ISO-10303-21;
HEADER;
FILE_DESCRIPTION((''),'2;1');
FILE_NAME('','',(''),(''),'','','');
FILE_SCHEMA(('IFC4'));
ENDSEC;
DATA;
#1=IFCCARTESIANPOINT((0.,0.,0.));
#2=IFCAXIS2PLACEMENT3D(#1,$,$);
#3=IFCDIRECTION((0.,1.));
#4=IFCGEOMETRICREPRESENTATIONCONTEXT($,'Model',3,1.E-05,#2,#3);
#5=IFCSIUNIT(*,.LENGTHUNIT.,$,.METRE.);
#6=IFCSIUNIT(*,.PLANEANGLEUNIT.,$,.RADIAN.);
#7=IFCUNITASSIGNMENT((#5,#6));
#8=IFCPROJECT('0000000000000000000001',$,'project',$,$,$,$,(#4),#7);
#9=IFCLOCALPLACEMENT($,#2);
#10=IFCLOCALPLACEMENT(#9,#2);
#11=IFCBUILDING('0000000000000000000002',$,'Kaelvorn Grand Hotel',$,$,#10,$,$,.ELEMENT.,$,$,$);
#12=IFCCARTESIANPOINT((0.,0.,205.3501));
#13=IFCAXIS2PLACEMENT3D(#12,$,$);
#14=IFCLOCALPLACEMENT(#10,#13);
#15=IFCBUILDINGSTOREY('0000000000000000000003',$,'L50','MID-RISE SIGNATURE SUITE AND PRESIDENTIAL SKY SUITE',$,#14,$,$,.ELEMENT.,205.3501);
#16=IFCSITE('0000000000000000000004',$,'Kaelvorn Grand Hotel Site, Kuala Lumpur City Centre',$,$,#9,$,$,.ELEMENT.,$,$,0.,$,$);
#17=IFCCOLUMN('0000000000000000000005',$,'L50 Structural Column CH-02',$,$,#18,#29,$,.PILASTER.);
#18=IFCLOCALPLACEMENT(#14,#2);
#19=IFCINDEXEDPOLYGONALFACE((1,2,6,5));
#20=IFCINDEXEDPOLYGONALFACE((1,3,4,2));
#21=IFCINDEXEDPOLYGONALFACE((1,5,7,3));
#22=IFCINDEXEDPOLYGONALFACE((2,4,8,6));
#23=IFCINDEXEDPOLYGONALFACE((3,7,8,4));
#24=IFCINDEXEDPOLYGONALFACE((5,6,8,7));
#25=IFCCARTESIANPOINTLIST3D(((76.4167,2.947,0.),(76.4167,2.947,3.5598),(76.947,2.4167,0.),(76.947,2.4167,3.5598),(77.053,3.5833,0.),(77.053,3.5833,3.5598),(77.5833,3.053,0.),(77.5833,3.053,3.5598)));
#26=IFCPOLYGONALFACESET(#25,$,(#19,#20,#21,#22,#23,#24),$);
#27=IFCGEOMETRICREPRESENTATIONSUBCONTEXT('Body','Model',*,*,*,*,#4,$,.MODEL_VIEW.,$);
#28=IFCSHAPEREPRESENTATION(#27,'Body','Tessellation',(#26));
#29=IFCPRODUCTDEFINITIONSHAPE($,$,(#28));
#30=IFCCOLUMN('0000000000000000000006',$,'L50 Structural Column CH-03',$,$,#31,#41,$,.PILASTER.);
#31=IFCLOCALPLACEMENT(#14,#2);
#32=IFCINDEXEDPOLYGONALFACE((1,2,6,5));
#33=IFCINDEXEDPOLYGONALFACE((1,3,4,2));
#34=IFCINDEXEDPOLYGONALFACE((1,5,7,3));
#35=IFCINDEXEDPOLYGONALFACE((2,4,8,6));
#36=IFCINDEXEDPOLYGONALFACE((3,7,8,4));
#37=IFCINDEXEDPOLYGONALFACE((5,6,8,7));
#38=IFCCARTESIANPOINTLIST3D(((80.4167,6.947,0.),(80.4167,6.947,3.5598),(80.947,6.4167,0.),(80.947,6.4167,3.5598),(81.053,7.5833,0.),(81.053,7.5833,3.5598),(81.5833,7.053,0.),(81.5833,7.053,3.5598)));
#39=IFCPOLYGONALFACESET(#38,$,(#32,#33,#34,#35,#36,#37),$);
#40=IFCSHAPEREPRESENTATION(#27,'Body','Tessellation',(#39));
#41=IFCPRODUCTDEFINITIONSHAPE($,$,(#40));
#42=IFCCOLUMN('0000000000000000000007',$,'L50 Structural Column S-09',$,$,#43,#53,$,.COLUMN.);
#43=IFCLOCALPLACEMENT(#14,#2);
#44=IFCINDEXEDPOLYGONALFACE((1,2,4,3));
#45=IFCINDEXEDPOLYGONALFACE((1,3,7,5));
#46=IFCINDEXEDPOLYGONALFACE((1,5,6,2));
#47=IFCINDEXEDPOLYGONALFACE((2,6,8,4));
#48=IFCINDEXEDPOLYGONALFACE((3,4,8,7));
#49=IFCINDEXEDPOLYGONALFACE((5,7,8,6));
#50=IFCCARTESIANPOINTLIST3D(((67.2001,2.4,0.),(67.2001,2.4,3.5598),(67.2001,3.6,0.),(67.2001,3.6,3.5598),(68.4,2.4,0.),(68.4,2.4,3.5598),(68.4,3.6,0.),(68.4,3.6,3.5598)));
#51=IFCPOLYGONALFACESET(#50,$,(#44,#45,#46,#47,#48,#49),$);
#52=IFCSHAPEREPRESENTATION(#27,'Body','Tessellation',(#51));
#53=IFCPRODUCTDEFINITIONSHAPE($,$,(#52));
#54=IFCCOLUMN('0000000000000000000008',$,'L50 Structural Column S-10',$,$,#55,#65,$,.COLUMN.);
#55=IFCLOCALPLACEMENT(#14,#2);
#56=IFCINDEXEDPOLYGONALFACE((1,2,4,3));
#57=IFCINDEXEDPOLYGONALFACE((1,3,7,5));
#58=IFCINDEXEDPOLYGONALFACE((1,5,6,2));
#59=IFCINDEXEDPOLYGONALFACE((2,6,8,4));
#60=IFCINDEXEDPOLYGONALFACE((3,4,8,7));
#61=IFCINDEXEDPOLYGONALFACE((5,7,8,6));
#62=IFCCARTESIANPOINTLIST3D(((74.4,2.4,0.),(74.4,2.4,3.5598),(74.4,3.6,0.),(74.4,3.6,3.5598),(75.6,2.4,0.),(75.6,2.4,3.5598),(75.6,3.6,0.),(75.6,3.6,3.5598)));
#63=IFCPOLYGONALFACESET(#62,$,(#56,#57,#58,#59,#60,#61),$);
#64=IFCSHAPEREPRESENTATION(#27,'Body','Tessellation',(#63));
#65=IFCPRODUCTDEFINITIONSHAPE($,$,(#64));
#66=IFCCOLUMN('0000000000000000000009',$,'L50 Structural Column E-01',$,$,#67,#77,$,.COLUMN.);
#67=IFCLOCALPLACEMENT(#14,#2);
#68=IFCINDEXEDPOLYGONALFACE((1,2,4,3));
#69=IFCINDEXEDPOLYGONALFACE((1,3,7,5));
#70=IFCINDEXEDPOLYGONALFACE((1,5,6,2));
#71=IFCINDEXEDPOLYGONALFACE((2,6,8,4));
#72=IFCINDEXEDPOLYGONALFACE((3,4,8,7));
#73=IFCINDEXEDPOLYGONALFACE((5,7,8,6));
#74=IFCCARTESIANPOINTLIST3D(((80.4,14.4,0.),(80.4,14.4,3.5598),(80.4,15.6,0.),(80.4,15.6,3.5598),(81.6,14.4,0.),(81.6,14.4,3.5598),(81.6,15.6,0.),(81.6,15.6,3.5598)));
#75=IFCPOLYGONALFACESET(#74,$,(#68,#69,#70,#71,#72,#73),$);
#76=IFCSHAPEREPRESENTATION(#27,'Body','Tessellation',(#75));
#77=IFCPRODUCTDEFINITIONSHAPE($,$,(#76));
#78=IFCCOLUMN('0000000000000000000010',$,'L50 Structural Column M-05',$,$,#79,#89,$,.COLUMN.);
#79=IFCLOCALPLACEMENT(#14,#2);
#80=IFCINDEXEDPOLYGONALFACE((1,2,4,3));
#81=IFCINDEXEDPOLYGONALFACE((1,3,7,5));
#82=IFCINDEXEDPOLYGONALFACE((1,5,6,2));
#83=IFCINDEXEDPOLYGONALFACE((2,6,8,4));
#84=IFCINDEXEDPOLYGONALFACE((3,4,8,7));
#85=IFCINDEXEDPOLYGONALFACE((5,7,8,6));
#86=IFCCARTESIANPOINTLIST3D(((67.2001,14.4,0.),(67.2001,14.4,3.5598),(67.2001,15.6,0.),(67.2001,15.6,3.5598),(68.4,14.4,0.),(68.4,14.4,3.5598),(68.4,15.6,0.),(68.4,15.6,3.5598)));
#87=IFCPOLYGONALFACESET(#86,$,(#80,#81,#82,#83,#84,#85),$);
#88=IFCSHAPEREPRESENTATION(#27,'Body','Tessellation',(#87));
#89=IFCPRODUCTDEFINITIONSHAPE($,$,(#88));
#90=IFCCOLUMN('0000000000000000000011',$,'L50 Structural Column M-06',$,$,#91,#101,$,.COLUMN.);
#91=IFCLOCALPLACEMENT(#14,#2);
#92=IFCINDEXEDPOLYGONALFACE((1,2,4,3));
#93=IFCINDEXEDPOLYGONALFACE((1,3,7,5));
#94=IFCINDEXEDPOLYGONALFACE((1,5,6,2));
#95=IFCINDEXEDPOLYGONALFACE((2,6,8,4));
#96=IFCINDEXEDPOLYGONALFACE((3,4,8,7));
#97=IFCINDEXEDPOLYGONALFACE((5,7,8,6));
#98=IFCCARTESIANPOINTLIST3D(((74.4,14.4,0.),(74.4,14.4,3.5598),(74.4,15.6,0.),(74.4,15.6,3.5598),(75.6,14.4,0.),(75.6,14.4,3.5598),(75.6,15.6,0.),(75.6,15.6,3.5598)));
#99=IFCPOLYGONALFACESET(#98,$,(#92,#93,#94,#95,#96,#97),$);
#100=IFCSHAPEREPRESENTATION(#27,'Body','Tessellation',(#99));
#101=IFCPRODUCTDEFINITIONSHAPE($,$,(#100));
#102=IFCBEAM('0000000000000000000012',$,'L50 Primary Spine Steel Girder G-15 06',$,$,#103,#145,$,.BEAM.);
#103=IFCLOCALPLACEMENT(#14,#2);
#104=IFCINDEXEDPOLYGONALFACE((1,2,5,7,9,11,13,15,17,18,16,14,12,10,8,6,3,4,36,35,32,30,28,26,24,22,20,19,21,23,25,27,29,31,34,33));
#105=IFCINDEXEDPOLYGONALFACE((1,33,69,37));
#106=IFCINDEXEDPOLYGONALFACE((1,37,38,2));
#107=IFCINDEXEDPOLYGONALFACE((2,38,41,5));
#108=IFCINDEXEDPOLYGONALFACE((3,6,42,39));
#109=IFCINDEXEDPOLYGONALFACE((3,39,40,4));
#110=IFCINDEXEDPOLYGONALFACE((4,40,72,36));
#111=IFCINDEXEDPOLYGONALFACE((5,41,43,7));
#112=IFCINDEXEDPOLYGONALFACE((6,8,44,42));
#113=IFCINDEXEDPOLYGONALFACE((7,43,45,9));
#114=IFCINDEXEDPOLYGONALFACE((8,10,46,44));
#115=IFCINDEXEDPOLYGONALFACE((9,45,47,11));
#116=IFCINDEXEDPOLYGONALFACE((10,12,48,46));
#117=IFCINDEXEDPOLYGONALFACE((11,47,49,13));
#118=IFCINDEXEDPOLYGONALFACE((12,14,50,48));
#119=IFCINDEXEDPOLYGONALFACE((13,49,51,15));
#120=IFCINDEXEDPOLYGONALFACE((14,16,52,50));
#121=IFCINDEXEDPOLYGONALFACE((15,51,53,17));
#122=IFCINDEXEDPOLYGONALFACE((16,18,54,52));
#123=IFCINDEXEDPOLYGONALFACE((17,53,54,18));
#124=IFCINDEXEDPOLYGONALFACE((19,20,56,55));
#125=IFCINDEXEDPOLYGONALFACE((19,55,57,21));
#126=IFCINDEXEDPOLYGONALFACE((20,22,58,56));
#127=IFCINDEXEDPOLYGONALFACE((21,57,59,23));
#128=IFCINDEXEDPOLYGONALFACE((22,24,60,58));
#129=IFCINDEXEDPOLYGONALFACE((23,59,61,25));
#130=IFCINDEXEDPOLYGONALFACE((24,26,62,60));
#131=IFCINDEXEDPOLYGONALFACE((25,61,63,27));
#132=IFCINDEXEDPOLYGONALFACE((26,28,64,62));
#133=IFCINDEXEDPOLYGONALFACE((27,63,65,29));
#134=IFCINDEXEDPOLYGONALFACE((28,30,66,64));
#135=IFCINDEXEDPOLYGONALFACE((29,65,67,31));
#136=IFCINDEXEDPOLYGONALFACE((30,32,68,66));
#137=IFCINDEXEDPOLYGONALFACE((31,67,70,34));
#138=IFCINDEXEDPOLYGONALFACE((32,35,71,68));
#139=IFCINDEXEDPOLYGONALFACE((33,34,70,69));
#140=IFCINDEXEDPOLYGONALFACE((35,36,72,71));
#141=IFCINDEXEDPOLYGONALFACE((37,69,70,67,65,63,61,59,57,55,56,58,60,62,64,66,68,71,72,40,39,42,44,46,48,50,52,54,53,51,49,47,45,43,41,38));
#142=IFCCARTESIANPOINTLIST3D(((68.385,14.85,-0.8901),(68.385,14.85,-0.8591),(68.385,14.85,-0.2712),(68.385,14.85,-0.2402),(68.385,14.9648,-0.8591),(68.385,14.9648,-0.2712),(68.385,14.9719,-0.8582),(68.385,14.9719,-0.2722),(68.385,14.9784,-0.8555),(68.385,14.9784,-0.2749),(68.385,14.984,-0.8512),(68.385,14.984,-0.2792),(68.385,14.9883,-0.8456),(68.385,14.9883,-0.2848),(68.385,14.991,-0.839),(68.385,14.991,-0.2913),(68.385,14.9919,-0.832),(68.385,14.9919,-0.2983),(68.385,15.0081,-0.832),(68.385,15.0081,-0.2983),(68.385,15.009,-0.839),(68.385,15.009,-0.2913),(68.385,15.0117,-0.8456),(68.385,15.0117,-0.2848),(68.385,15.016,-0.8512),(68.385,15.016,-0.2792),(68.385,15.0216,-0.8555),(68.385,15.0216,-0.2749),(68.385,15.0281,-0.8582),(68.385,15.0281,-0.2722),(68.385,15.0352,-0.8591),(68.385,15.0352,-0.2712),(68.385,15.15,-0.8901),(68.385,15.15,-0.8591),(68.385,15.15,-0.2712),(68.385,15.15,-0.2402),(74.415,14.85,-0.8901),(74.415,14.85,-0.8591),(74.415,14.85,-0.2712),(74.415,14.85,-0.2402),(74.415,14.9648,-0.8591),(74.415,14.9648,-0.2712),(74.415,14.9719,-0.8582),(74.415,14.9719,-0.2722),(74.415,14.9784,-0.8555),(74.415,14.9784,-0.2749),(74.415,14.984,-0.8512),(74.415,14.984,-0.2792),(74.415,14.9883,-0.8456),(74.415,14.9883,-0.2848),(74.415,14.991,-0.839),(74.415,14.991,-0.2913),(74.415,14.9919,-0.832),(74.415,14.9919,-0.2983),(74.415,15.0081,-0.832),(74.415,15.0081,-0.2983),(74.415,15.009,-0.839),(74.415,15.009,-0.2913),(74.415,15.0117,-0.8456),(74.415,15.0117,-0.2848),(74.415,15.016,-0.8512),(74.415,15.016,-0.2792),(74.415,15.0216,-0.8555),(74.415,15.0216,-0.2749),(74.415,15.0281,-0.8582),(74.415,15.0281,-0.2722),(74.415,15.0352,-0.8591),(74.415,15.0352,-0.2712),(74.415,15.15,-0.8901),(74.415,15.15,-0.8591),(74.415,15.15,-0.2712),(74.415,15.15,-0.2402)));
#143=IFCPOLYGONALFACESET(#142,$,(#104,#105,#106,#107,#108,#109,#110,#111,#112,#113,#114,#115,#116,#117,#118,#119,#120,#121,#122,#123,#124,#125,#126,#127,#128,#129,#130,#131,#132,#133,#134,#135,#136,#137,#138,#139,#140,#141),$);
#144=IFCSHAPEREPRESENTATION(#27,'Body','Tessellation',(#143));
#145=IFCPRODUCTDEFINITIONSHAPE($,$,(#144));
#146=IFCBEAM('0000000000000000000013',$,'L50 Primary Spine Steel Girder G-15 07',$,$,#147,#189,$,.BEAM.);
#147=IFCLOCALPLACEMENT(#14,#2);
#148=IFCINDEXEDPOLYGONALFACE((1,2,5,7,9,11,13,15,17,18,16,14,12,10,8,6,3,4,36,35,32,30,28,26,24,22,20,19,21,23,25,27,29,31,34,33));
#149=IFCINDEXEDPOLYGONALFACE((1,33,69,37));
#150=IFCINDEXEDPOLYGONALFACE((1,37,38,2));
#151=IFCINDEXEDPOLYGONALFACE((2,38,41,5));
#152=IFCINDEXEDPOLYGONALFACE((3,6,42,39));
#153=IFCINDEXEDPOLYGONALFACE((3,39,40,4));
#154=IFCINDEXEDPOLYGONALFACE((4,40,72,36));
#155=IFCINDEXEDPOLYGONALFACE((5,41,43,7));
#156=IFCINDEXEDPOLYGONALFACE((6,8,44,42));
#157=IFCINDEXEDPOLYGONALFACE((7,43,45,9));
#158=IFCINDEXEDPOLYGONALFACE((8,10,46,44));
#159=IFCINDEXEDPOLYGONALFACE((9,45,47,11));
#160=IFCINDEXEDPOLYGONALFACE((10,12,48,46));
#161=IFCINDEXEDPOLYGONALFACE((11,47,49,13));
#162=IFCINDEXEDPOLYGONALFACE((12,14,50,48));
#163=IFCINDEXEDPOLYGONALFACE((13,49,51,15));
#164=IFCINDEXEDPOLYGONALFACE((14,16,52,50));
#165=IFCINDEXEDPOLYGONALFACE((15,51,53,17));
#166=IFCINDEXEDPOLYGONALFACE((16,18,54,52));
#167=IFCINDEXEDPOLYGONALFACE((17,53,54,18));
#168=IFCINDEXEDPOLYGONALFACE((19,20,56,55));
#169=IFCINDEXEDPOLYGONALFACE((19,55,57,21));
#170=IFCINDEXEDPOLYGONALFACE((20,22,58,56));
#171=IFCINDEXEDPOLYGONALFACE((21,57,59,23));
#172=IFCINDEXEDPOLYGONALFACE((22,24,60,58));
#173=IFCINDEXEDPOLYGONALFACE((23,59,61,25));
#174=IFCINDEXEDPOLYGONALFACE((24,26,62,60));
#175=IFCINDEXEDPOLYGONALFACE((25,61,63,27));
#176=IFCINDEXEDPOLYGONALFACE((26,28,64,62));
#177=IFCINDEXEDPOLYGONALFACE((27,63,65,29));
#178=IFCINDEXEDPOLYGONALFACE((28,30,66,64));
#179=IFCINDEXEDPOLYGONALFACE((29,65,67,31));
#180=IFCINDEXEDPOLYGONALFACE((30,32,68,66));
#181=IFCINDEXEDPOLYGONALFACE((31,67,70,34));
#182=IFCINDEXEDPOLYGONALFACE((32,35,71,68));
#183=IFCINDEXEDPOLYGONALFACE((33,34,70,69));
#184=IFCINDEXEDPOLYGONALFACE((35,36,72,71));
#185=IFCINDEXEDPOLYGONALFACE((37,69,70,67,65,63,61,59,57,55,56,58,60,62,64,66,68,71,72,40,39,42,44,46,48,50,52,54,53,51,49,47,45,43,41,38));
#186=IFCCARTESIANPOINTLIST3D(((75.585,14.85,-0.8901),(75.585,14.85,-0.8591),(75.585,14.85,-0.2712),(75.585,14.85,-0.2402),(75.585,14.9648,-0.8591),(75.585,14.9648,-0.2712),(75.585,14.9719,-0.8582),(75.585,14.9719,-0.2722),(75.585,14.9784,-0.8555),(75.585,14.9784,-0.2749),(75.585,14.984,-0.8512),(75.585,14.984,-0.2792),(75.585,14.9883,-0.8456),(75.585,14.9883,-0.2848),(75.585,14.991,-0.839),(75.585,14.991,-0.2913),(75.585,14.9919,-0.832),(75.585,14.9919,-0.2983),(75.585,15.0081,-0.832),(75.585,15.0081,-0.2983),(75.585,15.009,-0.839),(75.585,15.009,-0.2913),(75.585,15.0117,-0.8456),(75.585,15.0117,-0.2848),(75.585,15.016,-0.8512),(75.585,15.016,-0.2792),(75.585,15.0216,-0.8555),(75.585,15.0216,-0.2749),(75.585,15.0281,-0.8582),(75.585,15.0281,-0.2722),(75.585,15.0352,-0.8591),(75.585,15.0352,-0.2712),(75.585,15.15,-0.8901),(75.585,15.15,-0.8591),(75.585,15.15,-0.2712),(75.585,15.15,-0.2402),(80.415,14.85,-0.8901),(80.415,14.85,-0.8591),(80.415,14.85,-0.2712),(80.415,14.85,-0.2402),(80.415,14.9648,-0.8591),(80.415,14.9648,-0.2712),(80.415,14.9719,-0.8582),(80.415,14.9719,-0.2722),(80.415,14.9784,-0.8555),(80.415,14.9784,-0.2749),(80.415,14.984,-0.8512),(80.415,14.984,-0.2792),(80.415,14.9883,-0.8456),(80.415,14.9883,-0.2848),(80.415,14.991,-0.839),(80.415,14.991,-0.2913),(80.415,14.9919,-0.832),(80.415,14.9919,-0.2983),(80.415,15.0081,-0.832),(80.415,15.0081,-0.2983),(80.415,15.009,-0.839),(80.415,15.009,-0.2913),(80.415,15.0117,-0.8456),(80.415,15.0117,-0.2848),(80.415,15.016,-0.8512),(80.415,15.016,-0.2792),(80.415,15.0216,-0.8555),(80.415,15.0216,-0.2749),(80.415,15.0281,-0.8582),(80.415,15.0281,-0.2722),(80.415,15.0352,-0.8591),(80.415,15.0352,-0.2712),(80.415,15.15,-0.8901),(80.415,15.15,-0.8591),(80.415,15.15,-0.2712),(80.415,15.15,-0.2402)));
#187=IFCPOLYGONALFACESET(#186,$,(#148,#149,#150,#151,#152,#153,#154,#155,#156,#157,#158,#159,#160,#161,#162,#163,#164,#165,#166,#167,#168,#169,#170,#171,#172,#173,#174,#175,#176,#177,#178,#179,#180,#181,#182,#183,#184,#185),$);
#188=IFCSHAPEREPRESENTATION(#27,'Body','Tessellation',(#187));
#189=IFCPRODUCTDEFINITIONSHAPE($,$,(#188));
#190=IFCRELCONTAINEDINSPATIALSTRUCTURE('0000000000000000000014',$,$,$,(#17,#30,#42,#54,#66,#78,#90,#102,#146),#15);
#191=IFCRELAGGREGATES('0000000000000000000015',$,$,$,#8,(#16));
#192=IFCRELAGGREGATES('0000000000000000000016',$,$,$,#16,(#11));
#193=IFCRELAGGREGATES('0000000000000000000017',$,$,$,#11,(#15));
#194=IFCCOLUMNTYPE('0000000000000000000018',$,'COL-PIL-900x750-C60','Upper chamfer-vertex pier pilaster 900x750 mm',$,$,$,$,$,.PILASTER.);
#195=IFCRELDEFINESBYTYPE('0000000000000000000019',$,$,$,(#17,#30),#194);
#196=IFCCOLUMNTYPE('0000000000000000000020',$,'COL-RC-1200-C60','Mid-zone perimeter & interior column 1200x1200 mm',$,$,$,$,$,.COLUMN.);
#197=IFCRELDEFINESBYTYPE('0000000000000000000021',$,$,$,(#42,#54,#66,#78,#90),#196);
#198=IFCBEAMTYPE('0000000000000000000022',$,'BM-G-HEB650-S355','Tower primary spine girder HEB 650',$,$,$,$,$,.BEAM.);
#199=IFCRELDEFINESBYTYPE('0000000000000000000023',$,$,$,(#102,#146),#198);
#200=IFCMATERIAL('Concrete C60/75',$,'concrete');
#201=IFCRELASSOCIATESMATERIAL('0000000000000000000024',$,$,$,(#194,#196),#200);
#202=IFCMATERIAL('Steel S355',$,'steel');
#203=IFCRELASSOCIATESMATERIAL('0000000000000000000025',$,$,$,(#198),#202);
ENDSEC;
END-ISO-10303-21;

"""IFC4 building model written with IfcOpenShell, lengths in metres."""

from ifc_helpers import new_model, si_unit, direction, frame, origin, origin_2d, place, context, subcontext, project, spatial, rectangle, i_section, extrude, material, material_profile, profile_set, type_object, element, save


model = new_model("IFC4")

# Units and contexts
model_context = context("Model", 3, precision=1e-05, world=origin(), true_north=direction((0.0, 1.0)))
body_context = subcontext(model_context, "Body", "Model", "MODEL_VIEW")
ifc_project = project(units=[si_unit("LENGTHUNIT", "METRE"), si_unit("PLANEANGLEUNIT", "RADIAN")], contexts=[model_context])

# Site, building, storey
site_placement = place(None, origin())
site = spatial("IfcSite", under=ifc_project, at=site_placement, Name="Kaelvorn Grand Hotel Site, Kuala Lumpur City Centre", CompositionType="ELEMENT", RefElevation=0.0)
building_placement = place(site_placement, origin())
building = spatial("IfcBuilding", under=site, at=building_placement, Name="Kaelvorn Grand Hotel", CompositionType="ELEMENT")
storey_placement = place(building_placement, frame((0.0, 0.0, 205.3501)))
storey = spatial("IfcBuildingStorey", under=building, at=storey_placement, Name="L50", Description="MID-RISE SIGNATURE SUITE AND PRESIDENTIAL SKY SUITE", CompositionType="ELEMENT", Elevation=205.3501)

# Columns
ifc_material_1 = material(Name="Concrete C60/75", Category="concrete")
ifc_material_profile_1 = material_profile(ifc_material_1, rectangle(XDim=0.8999, YDim=0.75, at=origin_2d()), Name="RC PILASTER 900x750")
ifc_profile_set_1 = profile_set([ifc_material_profile_1], Name="Concrete C60/75")
column_type_1 = type_object("IfcColumnType", Name="COL-PIL-900x750-C60", Description="Upper chamfer-vertex pier pilaster 900x750 mm", PredefinedType="PILASTER", material=ifc_profile_set_1)
for number, where, z_axis, x_axis, name in (
    (1, (77.0, 3.0, 0.0), (0.0, 0.0, 1.0), (0.707107, 0.707107, 0.0), "L50 Structural Column CH-02"),
    (2, (81.0, 7.0, 0.0), (0.0, 0.0, 1.0), (0.707107, 0.707107, 0.0), "L50 Structural Column CH-03"),
):
    element("IfcColumn", number, at=place(storey_placement, frame(where, z_axis=z_axis, x_axis=x_axis)), inside=storey, type_object=column_type_1, Name=name, PredefinedType="PILASTER", context=body_context, shape_type="SweptSolid", body=[
        extrude(rectangle(XDim=0.8999, YDim=0.75, at=origin_2d()), origin(), (0.0, 0.0, 1.0), 3.5598),
    ])
ifc_material_profile_2 = material_profile(ifc_material_1, rectangle(XDim=1.2, YDim=1.2, at=origin_2d()), Name="RC COL 1200x1200")
ifc_profile_set_2 = profile_set([ifc_material_profile_2], Name="Concrete C60/75")
column_type_2 = type_object("IfcColumnType", Name="COL-RC-1200-C60", Description="Mid-zone perimeter & interior column 1200x1200 mm", PredefinedType="COLUMN", material=ifc_profile_set_2)
for number, where, z_axis, x_axis, name in (
    (3, (67.8, 3.0, 0.0), (0.0, 0.0, 1.0), (1.0, 0.0, 0.0), "L50 Structural Column S-09"),
    (4, (75.0, 3.0, 0.0), (0.0, 0.0, 1.0), (1.0, 0.0, 0.0), "L50 Structural Column S-10"),
    (5, (81.0, 15.0, 0.0), (0.0, 0.0, 1.0), (1.0, 0.0, 0.0), "L50 Structural Column E-01"),
    (6, (67.8, 15.0, 0.0), (0.0, 0.0, 1.0), (1.0, 0.0, 0.0), "L50 Structural Column M-05"),
    (7, (75.0, 15.0, 0.0), (0.0, 0.0, 1.0), (1.0, 0.0, 0.0), "L50 Structural Column M-06"),
):
    element("IfcColumn", number, at=place(storey_placement, frame(where, z_axis=z_axis, x_axis=x_axis)), inside=storey, type_object=column_type_2, Name=name, PredefinedType="COLUMN", context=body_context, shape_type="SweptSolid", body=[
        extrude(rectangle(XDim=1.2, YDim=1.2, at=origin_2d()), origin(), (0.0, 0.0, 1.0), 3.5598),
    ])

# Beams
ifc_material_2 = material(Name="Steel S355", Category="steel")
ifc_material_profile_3 = material_profile(ifc_material_2, i_section(OverallWidth=0.3, OverallDepth=0.6499, WebThickness=0.0161, FlangeThickness=0.031, FilletRadius=0.0271, at=origin_2d()), Name="HEB 650")
ifc_profile_set_3 = profile_set([ifc_material_profile_3], Name="Steel S355")
beam_type_1 = type_object("IfcBeamType", Name="BM-G-HEB650-S355", Description="Tower primary spine girder HEB 650", PredefinedType="BEAM", material=ifc_profile_set_3)
beam_1_placement = place(storey_placement, frame((68.385, 15.0, -0.5652), z_axis=(1.0, 0.0, 0.0), x_axis=(0.0, 1.0, 0.0)))
element("IfcBeam", 8, at=beam_1_placement, inside=storey, type_object=beam_type_1, Name="L50 Primary Spine Steel Girder G-15 06", PredefinedType="BEAM", context=body_context, shape_type="SweptSolid", body=[
    extrude(i_section(OverallWidth=0.3, OverallDepth=0.6499, WebThickness=0.0161, FlangeThickness=0.031, FilletRadius=0.0271, at=origin_2d()), origin(), (0.0, 0.0, 1.0), 6.03),
])
beam_2_placement = place(storey_placement, frame((75.585, 15.0, -0.5652), z_axis=(1.0, 0.0, 0.0), x_axis=(0.0, 1.0, 0.0)))
element("IfcBeam", 9, at=beam_2_placement, inside=storey, type_object=beam_type_1, Name="L50 Primary Spine Steel Girder G-15 07", PredefinedType="BEAM", context=body_context, shape_type="SweptSolid", body=[
    extrude(i_section(OverallWidth=0.3, OverallDepth=0.6499, WebThickness=0.0161, FlangeThickness=0.031, FilletRadius=0.0271, at=origin_2d()), origin(), (0.0, 0.0, 1.0), 4.8301),
])

save(model, "model.ifc")
